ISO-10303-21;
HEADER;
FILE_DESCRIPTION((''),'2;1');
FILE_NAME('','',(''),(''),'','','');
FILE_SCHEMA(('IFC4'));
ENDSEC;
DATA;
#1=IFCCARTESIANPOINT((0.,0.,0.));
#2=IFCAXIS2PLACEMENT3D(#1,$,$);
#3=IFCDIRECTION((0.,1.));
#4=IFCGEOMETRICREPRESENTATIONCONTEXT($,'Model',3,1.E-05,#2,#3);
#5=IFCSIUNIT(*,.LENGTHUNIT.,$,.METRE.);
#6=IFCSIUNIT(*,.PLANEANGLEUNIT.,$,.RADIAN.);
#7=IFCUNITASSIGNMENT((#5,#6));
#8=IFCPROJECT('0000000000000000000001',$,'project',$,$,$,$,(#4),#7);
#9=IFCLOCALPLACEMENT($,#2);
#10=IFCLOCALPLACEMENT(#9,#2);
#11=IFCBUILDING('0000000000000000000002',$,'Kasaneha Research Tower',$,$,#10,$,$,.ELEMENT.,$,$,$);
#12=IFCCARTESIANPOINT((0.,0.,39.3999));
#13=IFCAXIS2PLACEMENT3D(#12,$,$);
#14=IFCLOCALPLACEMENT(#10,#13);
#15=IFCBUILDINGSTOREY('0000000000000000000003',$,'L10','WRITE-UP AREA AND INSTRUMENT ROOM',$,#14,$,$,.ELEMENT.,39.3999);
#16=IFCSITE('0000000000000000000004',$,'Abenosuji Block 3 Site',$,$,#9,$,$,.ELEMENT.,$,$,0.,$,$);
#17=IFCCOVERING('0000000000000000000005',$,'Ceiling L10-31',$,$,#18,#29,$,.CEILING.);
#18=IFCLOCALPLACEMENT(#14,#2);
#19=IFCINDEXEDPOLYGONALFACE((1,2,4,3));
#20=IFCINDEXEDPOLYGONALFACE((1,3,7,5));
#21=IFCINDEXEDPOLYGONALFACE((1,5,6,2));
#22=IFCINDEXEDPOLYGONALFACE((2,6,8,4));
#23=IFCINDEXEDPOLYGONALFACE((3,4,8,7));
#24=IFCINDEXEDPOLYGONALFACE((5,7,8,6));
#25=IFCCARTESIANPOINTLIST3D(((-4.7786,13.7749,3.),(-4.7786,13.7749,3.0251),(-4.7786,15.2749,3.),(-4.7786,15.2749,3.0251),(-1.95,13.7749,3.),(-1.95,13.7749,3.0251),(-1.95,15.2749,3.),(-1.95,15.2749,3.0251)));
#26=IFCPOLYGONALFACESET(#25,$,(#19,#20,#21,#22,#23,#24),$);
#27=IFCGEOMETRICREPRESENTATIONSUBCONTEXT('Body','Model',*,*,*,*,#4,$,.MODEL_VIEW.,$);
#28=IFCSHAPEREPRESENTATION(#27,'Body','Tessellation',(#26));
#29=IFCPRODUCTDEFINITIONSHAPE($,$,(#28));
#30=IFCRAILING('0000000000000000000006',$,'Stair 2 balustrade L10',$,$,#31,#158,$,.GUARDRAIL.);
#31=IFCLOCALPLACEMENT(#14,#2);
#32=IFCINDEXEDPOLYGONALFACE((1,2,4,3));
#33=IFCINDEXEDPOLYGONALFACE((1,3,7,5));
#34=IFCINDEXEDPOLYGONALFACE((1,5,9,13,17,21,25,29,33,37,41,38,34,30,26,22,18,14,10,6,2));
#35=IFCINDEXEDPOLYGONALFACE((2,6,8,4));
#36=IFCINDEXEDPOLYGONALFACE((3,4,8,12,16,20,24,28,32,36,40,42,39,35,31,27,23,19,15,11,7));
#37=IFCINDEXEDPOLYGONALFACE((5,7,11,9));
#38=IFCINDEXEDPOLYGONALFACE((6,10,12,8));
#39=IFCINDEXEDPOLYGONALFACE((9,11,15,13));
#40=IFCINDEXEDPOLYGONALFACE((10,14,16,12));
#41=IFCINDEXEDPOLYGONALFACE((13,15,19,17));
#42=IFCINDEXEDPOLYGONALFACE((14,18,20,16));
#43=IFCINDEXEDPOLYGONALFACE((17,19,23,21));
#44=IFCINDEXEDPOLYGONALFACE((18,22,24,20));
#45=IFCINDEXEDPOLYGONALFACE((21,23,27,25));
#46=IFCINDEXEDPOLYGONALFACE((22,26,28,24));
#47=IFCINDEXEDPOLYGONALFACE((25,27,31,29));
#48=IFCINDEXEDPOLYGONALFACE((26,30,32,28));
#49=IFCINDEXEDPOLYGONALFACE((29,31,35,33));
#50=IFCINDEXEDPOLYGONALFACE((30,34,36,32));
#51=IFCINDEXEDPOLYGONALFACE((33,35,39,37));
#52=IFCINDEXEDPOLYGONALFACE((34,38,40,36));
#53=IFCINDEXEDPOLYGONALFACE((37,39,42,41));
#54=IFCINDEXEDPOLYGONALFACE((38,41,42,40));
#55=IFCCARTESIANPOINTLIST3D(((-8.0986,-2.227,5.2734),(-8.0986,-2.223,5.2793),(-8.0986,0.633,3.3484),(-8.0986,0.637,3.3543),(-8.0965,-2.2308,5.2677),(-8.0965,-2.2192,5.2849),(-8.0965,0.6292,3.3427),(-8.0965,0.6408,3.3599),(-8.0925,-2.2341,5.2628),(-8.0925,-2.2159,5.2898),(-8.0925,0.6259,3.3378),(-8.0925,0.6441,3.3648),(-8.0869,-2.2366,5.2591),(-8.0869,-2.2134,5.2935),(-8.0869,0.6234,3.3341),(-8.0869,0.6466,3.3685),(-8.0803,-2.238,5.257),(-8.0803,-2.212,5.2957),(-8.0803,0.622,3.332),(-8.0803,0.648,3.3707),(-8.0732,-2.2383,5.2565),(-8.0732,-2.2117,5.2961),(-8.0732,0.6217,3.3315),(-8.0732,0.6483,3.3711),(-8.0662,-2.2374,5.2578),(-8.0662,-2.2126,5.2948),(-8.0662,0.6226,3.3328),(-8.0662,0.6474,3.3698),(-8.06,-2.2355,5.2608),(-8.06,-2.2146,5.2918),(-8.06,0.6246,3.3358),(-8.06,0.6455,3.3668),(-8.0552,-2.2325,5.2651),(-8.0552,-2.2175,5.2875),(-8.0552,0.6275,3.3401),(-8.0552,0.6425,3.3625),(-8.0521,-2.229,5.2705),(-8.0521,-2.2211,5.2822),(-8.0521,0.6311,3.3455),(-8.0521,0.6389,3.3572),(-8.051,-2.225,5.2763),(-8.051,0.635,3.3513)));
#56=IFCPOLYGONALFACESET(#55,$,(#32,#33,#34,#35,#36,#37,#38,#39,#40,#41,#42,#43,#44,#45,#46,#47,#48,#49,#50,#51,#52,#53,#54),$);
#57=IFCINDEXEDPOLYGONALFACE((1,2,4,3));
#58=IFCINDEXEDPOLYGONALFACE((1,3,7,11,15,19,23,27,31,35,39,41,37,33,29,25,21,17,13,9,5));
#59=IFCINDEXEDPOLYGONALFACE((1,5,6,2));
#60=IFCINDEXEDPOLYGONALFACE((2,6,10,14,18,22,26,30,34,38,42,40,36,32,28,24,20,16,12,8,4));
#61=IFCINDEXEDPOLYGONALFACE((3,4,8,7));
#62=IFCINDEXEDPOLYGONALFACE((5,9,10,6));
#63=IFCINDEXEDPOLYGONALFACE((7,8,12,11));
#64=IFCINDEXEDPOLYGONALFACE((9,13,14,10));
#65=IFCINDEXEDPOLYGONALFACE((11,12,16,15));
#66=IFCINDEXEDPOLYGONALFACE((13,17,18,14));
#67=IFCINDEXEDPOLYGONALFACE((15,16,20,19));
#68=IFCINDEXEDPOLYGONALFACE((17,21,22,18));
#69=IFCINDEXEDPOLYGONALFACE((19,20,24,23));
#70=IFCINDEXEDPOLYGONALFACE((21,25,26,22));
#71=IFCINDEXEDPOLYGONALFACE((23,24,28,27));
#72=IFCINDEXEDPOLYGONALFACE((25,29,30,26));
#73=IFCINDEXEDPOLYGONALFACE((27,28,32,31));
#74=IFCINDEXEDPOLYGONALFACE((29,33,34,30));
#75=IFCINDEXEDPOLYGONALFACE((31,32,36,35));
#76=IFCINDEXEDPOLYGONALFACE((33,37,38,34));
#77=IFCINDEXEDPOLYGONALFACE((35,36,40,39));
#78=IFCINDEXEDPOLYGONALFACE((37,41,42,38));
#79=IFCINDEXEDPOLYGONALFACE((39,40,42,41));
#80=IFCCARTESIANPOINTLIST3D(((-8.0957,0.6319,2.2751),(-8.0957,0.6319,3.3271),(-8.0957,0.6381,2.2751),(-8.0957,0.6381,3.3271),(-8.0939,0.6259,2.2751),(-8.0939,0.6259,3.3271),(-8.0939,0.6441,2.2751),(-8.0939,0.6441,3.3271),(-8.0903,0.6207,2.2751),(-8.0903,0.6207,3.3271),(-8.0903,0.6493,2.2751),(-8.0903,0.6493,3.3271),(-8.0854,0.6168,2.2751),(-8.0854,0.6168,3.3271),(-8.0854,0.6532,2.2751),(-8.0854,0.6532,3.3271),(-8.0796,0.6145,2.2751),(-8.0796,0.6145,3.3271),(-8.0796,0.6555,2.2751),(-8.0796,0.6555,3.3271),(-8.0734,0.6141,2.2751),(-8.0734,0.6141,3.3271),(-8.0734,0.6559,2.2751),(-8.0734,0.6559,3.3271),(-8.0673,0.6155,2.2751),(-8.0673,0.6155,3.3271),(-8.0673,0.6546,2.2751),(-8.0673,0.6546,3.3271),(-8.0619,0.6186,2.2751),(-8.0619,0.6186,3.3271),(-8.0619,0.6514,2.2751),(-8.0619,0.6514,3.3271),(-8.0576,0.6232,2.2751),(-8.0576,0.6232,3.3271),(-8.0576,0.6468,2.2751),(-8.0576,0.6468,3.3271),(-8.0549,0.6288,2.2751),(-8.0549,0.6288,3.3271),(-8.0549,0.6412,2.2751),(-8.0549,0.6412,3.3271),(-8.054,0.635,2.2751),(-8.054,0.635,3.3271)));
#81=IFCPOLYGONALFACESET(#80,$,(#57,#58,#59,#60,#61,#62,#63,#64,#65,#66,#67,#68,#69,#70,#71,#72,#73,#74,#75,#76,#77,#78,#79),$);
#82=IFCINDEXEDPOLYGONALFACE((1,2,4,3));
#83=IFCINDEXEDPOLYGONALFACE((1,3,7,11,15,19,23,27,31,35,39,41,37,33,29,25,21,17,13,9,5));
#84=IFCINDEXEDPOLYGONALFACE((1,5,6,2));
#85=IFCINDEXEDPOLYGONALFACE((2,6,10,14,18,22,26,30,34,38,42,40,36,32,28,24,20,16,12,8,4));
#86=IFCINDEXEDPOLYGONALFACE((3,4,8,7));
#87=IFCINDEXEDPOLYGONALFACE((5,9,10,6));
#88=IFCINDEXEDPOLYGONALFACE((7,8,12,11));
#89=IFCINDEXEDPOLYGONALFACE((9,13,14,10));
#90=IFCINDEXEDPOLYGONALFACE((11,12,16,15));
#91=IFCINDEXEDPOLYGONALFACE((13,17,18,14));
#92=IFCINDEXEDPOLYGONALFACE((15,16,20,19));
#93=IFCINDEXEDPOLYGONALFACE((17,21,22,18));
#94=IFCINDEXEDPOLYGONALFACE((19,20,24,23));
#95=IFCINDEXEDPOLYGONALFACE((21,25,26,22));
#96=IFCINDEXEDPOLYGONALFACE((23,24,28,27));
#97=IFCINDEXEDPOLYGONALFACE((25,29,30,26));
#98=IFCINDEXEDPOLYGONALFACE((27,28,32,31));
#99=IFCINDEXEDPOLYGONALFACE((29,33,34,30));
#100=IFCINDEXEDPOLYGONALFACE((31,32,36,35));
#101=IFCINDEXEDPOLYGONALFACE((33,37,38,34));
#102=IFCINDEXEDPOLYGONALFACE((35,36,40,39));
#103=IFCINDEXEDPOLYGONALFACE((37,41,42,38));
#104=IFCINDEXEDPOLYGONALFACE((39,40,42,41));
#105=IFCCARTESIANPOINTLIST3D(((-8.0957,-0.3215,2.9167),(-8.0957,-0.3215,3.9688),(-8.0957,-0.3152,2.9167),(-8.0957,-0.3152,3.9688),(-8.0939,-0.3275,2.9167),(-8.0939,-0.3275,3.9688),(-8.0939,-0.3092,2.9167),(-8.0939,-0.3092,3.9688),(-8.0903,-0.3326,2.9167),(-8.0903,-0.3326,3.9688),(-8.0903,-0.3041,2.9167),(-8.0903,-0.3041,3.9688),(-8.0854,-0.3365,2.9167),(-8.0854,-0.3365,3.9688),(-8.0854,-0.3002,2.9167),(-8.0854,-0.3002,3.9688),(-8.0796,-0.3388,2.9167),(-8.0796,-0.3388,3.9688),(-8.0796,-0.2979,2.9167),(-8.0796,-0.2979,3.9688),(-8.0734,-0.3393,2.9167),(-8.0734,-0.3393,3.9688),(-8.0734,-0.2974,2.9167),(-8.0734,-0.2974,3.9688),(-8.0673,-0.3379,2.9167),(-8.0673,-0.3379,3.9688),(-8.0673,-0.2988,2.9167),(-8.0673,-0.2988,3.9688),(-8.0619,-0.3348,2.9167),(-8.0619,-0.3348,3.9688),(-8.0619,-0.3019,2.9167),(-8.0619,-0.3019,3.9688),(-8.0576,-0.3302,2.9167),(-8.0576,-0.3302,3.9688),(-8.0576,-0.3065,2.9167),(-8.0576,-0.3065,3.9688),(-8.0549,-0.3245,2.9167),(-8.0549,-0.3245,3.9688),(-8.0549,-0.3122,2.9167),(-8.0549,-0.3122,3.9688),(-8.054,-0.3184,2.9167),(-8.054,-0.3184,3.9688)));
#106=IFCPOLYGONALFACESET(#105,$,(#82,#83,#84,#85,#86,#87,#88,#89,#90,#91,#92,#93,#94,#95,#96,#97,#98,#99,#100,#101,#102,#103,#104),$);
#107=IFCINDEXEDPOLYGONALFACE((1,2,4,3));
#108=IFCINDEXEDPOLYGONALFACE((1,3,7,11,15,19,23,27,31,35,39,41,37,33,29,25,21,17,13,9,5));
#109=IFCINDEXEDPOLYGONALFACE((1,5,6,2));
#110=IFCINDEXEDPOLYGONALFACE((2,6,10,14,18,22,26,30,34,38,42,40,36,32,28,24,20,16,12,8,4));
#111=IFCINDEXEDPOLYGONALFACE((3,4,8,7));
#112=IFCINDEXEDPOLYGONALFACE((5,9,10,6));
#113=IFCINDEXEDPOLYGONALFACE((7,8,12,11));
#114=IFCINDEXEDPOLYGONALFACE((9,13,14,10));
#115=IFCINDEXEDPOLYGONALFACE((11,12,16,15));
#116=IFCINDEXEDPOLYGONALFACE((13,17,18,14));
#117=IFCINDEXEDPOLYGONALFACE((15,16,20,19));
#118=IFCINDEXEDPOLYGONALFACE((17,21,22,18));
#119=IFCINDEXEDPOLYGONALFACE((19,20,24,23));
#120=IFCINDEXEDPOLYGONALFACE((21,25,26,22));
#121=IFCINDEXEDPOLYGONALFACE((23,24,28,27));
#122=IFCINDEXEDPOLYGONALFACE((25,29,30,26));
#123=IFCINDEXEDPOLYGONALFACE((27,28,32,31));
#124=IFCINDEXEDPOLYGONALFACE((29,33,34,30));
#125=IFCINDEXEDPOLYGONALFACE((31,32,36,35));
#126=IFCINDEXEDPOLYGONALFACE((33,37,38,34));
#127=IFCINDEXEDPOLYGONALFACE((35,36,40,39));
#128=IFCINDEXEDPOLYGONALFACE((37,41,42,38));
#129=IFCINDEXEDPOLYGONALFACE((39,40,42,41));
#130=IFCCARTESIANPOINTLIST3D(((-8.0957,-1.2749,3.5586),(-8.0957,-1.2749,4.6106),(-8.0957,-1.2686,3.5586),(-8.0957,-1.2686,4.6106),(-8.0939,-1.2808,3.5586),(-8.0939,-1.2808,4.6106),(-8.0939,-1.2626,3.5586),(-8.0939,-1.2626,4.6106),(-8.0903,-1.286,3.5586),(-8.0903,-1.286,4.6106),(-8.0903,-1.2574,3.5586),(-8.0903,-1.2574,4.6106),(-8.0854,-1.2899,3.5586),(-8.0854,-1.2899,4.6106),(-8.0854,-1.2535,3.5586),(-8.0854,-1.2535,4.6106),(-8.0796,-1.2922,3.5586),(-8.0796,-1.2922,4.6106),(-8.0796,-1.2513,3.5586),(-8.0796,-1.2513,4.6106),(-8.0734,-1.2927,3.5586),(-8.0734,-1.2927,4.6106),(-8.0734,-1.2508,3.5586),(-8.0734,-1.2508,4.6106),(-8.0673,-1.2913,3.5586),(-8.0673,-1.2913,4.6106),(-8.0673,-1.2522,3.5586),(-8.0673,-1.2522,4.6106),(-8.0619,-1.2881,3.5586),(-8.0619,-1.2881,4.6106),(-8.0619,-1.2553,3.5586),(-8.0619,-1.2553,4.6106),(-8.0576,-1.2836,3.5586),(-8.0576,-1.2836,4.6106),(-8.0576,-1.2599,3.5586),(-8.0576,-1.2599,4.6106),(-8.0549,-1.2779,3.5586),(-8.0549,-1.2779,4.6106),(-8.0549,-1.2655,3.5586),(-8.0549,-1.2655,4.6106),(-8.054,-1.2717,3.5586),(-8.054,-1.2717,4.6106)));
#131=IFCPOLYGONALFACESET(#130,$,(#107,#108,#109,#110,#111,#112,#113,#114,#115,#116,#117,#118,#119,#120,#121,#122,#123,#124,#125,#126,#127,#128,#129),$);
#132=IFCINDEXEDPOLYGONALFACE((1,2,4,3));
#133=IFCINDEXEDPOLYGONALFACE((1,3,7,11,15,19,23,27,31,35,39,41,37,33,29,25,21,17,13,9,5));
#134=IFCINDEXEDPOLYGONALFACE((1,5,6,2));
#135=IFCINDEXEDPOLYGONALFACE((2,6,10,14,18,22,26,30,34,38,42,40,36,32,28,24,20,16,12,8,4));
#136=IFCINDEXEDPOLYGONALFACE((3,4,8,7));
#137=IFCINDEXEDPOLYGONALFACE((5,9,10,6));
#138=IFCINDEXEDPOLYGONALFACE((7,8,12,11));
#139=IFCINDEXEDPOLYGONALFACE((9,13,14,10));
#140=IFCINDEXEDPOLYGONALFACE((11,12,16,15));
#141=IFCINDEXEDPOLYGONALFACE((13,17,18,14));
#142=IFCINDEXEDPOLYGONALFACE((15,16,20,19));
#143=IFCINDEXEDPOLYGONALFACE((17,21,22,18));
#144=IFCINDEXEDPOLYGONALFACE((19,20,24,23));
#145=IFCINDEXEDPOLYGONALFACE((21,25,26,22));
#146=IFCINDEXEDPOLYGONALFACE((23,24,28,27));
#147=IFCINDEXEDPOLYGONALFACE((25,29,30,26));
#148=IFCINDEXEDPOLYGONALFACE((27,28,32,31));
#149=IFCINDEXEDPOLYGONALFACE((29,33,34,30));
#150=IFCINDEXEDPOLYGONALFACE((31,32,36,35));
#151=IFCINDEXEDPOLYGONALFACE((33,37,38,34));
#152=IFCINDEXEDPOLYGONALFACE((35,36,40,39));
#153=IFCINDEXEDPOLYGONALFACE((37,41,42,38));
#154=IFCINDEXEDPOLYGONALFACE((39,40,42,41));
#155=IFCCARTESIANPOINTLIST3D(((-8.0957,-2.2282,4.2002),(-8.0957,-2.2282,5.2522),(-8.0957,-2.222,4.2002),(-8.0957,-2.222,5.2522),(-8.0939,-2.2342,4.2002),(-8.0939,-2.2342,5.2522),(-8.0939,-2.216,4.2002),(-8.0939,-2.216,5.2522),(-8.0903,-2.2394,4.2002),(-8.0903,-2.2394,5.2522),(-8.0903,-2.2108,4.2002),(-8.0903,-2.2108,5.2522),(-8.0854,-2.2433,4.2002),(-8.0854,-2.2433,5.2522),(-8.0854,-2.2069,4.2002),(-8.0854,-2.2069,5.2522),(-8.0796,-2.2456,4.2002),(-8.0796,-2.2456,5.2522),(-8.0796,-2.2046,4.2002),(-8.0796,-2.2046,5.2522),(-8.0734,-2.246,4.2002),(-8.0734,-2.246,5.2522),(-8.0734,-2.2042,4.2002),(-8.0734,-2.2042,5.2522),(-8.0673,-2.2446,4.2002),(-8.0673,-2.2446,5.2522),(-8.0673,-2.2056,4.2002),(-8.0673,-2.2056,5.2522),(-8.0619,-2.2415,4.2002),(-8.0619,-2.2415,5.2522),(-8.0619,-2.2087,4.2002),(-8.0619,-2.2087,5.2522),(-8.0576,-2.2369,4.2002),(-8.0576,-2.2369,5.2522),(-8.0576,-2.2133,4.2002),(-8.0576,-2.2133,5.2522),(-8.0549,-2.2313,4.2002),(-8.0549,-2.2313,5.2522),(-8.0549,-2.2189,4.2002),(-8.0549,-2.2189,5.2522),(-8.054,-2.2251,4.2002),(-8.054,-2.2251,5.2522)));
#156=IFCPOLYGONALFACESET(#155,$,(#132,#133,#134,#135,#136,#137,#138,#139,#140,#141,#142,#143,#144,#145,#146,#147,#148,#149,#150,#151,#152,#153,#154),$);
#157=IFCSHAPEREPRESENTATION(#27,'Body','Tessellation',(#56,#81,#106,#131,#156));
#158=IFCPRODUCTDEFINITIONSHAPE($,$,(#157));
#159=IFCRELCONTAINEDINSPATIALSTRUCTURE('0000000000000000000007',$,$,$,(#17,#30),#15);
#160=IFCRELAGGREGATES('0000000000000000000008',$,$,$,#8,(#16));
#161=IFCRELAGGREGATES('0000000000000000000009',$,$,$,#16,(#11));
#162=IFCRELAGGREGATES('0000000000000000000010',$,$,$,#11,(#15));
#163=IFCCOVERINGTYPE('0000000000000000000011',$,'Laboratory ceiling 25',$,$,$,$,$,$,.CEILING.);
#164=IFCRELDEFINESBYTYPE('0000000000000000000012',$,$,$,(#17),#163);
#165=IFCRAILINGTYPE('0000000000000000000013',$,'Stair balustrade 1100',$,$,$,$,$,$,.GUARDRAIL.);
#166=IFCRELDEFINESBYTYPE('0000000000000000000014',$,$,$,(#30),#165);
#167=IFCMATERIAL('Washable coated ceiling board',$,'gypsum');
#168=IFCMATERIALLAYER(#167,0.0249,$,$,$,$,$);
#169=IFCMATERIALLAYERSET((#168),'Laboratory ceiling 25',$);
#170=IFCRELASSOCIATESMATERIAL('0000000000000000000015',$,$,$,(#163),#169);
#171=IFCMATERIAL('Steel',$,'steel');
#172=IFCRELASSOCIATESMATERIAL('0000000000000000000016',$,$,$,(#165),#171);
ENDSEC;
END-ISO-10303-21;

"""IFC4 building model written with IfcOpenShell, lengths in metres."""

from ifc_helpers import new_model, si_unit, direction, frame, origin, origin_2d, place, context, subcontext, project, spatial, polyline, circle, outline, extrude, material, layer, layer_set, type_object, element, save


model = new_model("IFC4")

# Units and contexts
model_context = context("Model", 3, precision=1e-05, world=origin(), true_north=direction((0.0, 1.0)))
body_context = subcontext(model_context, "Body", "Model", "MODEL_VIEW")
ifc_project = project(units=[si_unit("LENGTHUNIT", "METRE"), si_unit("PLANEANGLEUNIT", "RADIAN")], contexts=[model_context])

# Site, building, storey
site_placement = place(None, origin())
site = spatial("IfcSite", under=ifc_project, at=site_placement, Name="Abenosuji Block 3 Site", CompositionType="ELEMENT", RefElevation=0.0)
building_placement = place(site_placement, origin())
building = spatial("IfcBuilding", under=site, at=building_placement, Name="Kasaneha Research Tower", CompositionType="ELEMENT")
storey_placement = place(building_placement, frame((0.0, 0.0, 39.3999)))
storey = spatial("IfcBuildingStorey", under=building, at=storey_placement, Name="L10", Description="WRITE-UP AREA AND INSTRUMENT ROOM", CompositionType="ELEMENT", Elevation=39.3999)

# Covering
ifc_material_1 = material(Name="Washable coated ceiling board", Category="gypsum")
ifc_layer_1 = layer(ifc_material_1, 0.0249)
ifc_layer_set_1 = layer_set([ifc_layer_1], Name="Laboratory ceiling 25")
covering_type = type_object("IfcCoveringType", Name="Laboratory ceiling 25", PredefinedType="CEILING", material=ifc_layer_set_1)
covering_placement = place(storey_placement, frame((0.0, 0.0, 3.0)))
element("IfcCovering", 1, at=covering_placement, inside=storey, type_object=covering_type, Name="Ceiling L10-31", PredefinedType="CEILING", context=body_context, shape_type="SweptSolid", body=[
    extrude(outline(polyline([(-4.7786, 15.2749), (-1.95, 15.2749), (-1.95, 13.7749), (-4.7786, 13.7749), (-4.7786, 15.2749)])), origin(), (0.0, 0.0, 1.0), 0.0251),
])

# Railing
ifc_material_2 = material(Name="Steel", Category="steel")
railing_type_1 = type_object("IfcRailingType", Name="Stair balustrade 1100", PredefinedType="GUARDRAIL", material=ifc_material_2)
railing_1_placement = place(storey_placement, frame((-8.075, 0.635, 2.2751)))
element("IfcRailing", 2, at=railing_1_placement, inside=storey, type_object=railing_type_1, Name="Stair 2 balustrade L10", PredefinedType="GUARDRAIL", context=body_context, shape_type="SweptSolid", body=[
    extrude(circle(Radius=0.0239, at=origin_2d()), frame((0.0, 0.0, 1.0762), z_axis=(0.0, -0.829591, 0.558372), x_axis=(1.0, 0.0, 0.0)), (0.0, 0.0, 1.0), 3.4475),
    extrude(circle(Radius=0.021, at=origin_2d()), origin(), (0.0, 0.0, 1.0), 1.052),
    extrude(circle(Radius=0.021, at=origin_2d()), frame((0.0, -0.9534, 0.6416)), (0.0, 0.0, 1.0), 1.052),
    extrude(circle(Radius=0.021, at=origin_2d()), frame((0.0, -1.9067, 1.2834)), (0.0, 0.0, 1.0), 1.052),
    extrude(circle(Radius=0.021, at=origin_2d()), frame((0.0, -2.8601, 1.925)), (0.0, 0.0, 1.0), 1.052),
])

save(model, "model.ifc")
